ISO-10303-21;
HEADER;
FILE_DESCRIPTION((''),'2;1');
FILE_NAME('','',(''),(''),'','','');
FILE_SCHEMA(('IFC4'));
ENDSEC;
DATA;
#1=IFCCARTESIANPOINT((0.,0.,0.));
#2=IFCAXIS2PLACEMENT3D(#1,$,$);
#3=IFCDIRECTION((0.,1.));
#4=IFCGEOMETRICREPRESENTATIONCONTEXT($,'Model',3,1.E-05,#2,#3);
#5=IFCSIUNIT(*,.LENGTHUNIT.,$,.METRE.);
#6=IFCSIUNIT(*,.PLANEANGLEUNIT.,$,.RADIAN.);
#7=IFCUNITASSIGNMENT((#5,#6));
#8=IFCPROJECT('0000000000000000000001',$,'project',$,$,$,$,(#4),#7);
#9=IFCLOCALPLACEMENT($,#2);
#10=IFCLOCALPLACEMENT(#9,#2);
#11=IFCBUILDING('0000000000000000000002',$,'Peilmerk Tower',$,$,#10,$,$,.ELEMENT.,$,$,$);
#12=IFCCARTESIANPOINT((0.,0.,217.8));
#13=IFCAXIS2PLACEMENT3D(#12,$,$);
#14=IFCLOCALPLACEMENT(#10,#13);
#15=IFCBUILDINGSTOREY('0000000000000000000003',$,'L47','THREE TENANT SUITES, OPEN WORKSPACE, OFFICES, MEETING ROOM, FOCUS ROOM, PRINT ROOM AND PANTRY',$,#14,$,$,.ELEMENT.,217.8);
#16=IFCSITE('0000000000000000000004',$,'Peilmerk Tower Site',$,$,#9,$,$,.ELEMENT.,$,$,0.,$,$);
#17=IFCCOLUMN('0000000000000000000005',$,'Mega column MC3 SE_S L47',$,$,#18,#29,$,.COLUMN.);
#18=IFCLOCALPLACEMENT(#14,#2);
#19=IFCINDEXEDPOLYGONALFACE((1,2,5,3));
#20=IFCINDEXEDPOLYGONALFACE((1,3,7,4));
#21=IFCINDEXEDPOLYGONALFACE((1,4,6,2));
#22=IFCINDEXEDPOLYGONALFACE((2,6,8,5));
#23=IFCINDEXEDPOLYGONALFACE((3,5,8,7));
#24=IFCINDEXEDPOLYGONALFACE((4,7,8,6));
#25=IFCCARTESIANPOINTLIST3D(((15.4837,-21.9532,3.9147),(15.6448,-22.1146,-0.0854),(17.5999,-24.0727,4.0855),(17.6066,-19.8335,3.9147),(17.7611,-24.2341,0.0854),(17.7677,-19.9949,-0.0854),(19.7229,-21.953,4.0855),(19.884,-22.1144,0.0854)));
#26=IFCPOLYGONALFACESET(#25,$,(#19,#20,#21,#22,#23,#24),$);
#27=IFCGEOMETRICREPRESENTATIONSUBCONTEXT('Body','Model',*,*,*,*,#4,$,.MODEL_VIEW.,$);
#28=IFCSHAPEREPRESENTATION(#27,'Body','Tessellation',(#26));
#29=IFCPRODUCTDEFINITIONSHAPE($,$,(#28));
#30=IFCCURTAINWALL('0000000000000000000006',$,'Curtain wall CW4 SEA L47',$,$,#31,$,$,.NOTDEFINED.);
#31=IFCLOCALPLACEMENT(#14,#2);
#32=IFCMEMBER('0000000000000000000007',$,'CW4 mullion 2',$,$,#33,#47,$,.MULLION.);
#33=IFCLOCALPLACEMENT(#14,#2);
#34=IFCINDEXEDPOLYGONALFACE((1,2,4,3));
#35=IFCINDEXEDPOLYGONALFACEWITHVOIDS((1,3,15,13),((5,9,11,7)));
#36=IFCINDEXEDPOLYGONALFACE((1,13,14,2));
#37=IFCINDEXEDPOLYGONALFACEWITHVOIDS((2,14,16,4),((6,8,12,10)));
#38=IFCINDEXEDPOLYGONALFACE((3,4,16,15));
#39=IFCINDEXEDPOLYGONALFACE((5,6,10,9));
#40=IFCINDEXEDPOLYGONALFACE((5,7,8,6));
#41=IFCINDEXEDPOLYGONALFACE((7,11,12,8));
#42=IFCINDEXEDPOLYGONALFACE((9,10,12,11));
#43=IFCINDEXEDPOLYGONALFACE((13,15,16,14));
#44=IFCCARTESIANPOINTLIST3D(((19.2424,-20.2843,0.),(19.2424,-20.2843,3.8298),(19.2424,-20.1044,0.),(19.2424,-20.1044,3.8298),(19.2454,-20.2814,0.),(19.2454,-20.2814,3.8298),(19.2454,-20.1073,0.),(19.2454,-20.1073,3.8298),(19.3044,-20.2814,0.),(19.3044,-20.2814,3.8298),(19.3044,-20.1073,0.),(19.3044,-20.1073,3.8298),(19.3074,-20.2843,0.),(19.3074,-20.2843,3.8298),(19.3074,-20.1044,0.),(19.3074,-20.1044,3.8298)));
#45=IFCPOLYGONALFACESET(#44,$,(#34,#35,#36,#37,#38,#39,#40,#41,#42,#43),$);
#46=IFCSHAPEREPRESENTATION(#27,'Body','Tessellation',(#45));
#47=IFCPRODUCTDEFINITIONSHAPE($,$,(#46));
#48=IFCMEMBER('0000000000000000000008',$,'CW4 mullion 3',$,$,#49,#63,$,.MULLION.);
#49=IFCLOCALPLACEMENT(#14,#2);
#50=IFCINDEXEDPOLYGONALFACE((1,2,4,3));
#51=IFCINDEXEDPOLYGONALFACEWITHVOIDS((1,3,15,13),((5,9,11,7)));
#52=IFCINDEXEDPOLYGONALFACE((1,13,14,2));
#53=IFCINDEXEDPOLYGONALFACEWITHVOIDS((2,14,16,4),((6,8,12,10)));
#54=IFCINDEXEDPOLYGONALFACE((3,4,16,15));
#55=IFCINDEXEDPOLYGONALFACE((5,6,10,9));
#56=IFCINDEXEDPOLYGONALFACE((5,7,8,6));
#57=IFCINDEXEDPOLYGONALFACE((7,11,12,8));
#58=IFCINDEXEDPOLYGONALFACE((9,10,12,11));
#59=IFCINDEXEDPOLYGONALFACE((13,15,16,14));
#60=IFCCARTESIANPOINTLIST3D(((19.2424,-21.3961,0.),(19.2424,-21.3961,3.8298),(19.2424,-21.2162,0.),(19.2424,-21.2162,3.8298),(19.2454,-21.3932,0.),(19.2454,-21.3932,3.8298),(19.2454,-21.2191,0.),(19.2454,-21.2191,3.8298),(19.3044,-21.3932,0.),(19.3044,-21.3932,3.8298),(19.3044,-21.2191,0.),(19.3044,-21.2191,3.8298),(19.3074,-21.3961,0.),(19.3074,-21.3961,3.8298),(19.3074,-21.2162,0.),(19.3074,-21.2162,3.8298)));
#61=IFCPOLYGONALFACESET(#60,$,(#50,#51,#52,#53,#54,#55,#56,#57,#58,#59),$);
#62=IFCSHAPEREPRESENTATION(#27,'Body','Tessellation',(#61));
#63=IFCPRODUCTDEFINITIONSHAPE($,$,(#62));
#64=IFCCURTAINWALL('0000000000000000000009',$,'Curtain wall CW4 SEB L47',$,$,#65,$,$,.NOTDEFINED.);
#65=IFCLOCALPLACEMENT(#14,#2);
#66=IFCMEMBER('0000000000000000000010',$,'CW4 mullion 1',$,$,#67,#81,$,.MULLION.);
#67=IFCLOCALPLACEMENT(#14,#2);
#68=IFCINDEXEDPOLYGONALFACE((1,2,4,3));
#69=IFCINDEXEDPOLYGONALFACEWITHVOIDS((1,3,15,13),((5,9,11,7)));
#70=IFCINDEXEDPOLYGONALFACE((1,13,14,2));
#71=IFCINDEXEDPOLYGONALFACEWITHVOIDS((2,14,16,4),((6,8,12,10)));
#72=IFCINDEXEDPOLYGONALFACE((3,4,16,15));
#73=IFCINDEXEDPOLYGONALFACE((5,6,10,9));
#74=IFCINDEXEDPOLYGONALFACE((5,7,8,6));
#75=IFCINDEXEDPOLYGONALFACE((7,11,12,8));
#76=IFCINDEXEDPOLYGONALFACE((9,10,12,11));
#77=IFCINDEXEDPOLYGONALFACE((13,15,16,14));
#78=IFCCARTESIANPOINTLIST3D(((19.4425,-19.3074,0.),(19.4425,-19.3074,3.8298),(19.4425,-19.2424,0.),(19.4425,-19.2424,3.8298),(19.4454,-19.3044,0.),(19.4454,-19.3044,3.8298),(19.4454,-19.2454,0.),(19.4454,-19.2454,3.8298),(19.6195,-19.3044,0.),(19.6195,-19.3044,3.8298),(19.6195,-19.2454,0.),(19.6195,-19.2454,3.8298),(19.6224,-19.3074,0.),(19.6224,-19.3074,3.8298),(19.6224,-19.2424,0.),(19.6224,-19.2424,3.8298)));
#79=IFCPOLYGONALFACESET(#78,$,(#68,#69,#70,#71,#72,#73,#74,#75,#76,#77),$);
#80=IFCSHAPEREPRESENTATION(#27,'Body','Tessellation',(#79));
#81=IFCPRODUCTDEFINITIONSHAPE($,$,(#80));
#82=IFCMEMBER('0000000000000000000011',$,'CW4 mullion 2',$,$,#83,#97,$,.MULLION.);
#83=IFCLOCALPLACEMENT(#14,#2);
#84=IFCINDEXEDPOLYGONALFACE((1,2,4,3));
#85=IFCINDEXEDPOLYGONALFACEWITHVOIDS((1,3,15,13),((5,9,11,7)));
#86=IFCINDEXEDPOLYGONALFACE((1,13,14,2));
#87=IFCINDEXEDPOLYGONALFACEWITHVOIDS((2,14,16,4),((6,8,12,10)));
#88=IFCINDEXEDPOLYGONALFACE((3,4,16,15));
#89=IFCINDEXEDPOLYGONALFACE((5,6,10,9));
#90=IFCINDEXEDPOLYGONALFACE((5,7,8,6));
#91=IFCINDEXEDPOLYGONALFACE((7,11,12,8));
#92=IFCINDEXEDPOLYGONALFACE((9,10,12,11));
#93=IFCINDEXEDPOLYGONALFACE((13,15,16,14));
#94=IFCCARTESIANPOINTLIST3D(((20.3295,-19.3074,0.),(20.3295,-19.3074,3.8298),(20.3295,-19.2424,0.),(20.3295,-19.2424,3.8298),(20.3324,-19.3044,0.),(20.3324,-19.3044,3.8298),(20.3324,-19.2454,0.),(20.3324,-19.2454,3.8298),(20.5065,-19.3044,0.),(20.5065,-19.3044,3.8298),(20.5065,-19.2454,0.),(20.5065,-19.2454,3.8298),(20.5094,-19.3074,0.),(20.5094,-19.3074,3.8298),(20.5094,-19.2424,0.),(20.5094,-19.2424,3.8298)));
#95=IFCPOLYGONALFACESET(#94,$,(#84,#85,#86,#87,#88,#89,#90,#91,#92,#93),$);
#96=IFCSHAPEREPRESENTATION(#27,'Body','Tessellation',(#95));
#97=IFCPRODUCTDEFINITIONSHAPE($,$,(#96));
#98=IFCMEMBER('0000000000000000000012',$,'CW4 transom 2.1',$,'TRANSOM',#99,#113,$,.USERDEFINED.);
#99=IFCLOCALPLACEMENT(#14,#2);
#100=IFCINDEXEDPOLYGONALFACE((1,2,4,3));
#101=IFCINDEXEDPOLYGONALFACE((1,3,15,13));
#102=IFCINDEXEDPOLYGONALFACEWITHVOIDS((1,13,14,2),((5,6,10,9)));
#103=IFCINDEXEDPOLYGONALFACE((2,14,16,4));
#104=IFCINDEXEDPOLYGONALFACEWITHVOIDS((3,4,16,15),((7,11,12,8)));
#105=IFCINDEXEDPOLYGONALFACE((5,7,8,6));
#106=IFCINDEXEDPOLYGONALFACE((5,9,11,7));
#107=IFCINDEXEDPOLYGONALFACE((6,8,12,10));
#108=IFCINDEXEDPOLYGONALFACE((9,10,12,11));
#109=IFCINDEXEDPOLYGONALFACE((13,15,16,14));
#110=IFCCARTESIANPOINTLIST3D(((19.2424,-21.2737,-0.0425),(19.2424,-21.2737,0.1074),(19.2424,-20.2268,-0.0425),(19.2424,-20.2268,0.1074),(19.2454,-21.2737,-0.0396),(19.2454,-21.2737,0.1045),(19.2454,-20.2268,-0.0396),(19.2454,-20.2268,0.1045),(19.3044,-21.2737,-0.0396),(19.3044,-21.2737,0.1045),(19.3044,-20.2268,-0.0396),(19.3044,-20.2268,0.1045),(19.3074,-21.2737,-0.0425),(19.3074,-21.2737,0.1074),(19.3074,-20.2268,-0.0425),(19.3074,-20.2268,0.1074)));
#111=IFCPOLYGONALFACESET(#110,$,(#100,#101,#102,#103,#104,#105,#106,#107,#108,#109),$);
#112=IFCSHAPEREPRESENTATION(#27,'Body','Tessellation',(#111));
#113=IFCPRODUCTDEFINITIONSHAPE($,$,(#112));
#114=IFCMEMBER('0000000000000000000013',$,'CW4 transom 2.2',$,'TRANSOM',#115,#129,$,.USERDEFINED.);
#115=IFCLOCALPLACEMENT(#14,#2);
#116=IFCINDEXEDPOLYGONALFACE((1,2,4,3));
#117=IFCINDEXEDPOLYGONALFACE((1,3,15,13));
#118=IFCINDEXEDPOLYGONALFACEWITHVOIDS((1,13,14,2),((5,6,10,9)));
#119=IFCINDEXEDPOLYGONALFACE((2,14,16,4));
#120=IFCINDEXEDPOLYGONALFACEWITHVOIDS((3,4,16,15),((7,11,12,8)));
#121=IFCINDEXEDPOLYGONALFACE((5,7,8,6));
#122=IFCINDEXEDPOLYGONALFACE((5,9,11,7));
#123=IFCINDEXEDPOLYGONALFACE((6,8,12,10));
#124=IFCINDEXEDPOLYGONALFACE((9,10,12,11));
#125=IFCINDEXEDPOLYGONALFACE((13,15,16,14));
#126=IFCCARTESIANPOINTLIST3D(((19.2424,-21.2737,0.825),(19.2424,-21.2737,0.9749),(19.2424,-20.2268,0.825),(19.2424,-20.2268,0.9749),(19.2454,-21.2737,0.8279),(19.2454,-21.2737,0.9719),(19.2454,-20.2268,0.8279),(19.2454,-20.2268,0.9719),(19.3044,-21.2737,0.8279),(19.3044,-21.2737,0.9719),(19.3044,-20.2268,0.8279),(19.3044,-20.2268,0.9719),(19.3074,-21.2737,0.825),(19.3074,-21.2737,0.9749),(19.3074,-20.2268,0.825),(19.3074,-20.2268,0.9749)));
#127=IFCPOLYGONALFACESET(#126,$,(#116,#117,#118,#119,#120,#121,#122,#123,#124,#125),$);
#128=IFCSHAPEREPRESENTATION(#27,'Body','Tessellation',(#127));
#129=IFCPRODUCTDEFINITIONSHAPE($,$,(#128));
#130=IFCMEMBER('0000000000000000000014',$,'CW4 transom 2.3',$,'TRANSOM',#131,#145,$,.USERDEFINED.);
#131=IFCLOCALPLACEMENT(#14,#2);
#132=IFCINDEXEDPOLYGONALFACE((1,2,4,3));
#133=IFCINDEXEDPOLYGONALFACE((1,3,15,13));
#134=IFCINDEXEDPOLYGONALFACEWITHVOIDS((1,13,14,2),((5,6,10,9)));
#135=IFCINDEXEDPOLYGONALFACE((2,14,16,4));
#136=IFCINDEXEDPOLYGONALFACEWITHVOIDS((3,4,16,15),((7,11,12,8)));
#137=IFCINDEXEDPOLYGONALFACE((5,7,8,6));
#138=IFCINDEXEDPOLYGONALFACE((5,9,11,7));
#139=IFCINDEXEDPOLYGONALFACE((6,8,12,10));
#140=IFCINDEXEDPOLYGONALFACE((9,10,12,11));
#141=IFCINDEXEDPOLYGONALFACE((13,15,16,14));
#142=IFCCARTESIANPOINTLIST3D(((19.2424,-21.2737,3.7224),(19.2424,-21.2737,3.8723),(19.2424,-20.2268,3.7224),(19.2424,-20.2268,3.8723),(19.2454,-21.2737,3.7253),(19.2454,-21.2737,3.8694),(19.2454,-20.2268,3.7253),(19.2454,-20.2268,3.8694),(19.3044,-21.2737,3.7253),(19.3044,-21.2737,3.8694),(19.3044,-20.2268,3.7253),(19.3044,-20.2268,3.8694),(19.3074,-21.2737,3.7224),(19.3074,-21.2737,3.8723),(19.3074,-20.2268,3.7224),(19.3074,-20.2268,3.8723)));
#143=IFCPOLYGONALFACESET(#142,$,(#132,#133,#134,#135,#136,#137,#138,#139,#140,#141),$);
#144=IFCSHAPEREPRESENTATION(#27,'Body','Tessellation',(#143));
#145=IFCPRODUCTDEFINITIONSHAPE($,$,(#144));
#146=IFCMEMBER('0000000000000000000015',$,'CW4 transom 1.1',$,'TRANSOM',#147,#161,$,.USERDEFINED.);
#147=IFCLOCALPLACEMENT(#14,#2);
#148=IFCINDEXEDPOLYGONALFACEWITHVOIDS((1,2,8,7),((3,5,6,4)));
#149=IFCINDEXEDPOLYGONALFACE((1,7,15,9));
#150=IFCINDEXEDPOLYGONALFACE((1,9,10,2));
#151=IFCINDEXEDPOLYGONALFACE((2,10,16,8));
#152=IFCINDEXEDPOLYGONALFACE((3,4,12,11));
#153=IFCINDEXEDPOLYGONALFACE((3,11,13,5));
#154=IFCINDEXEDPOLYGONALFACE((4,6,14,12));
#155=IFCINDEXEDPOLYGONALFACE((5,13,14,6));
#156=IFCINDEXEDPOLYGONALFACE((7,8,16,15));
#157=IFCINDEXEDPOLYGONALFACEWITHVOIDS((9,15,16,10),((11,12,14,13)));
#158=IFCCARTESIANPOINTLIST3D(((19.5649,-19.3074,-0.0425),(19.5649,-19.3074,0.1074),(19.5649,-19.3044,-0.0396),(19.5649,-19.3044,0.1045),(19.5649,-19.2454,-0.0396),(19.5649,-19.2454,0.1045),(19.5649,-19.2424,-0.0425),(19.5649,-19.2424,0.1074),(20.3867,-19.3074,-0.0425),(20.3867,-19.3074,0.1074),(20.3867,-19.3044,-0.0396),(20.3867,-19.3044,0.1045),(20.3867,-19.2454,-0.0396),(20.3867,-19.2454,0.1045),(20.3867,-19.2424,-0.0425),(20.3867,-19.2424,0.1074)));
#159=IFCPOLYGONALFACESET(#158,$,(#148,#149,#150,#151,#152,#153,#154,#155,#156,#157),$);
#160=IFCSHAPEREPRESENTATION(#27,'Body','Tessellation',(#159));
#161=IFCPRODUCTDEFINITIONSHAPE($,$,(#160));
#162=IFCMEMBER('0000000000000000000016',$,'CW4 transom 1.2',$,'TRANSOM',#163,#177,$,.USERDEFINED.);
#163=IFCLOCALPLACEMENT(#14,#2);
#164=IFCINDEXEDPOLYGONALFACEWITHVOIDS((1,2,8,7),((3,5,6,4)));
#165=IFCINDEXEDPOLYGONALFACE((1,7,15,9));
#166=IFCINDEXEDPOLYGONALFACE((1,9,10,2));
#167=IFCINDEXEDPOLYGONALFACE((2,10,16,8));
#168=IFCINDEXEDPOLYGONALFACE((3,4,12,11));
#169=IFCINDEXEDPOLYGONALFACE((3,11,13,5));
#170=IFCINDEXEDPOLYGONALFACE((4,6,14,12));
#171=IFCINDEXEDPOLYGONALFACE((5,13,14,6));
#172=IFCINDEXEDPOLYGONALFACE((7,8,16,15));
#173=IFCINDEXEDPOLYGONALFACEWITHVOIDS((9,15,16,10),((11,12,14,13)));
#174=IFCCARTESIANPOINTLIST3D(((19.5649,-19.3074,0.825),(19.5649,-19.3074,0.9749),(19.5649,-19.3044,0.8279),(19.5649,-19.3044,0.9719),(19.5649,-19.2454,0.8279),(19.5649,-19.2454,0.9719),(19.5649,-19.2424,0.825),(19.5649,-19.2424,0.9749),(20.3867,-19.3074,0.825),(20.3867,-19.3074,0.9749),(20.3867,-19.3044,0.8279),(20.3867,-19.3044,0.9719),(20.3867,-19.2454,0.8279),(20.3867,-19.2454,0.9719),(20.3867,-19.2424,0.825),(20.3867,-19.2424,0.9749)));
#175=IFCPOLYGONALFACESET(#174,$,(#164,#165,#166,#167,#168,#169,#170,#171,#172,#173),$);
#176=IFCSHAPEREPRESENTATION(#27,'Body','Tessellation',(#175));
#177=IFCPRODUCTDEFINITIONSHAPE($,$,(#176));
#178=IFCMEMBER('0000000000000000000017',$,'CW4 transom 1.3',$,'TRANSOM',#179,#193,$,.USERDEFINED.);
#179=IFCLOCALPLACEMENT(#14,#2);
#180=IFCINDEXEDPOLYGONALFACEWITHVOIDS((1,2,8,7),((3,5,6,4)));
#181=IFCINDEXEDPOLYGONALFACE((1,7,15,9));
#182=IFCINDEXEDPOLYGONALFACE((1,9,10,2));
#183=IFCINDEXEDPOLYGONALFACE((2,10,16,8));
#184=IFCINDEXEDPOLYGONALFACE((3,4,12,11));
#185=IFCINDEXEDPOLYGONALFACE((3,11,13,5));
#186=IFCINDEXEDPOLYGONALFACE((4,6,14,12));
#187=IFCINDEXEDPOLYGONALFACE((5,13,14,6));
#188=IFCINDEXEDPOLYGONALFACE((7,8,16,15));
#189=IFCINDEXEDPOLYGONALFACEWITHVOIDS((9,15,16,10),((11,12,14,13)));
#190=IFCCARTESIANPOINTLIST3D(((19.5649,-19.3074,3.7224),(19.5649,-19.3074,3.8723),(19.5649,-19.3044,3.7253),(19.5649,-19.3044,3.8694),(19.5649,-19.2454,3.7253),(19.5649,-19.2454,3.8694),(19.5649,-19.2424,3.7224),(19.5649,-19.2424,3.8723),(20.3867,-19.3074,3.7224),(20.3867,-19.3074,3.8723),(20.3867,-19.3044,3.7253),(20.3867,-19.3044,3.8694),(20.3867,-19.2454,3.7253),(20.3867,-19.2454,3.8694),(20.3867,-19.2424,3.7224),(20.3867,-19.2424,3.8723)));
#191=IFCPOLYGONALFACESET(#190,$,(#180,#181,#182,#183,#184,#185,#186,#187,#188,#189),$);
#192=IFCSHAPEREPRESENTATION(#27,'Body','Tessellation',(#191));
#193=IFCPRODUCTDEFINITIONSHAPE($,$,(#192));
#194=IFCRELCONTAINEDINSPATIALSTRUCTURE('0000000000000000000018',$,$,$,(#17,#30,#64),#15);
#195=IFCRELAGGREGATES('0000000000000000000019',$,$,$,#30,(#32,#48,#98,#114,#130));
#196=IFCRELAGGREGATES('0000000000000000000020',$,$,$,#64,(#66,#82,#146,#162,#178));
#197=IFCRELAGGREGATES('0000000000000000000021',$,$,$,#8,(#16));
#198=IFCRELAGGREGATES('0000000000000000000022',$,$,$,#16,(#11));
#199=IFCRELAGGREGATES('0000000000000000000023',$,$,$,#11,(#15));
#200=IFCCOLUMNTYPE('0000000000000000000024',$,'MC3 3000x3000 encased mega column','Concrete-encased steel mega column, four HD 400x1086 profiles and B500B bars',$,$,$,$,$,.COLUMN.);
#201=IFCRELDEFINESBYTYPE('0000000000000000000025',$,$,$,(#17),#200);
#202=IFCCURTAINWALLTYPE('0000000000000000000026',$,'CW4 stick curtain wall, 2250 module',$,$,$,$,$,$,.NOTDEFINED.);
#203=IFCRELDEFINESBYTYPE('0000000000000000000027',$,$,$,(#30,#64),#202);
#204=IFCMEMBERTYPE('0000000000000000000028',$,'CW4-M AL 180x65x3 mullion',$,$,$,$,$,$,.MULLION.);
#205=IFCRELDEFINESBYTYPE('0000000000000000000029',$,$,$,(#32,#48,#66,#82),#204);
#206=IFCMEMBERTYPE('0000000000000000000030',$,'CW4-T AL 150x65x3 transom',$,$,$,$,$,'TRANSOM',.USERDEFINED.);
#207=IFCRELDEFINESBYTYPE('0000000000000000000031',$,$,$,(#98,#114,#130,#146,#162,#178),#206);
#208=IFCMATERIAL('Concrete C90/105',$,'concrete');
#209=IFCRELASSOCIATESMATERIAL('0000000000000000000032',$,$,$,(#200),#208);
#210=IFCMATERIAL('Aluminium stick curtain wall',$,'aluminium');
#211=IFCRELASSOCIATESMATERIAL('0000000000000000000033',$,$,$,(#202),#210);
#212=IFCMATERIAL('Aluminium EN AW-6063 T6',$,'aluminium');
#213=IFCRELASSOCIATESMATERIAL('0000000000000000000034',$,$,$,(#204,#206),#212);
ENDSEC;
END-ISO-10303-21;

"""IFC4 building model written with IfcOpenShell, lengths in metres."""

from ifc_helpers import new_model, si_unit, direction, frame, origin, origin_2d, place, context, subcontext, project, spatial, rectangle, hollow_rectangle, extrude, material, material_profile, profile_set, type_object, element, aggregate, save


model = new_model("IFC4")

# Units and contexts
model_context = context("Model", 3, precision=1e-05, world=origin(), true_north=direction((0.0, 1.0)))
body_context = subcontext(model_context, "Body", "Model", "MODEL_VIEW")
ifc_project = project(units=[si_unit("LENGTHUNIT", "METRE"), si_unit("PLANEANGLEUNIT", "RADIAN")], contexts=[model_context])

# Site, building, storey
site_placement = place(None, origin())
site = spatial("IfcSite", under=ifc_project, at=site_placement, Name="Peilmerk Tower Site", CompositionType="ELEMENT", RefElevation=0.0)
building_placement = place(site_placement, origin())
building = spatial("IfcBuilding", under=site, at=building_placement, Name="Peilmerk Tower", CompositionType="ELEMENT")
storey_placement = place(building_placement, frame((0.0, 0.0, 217.8)))
storey = spatial("IfcBuildingStorey", under=building, at=storey_placement, Name="L47", Description="THREE TENANT SUITES, OPEN WORKSPACE, OFFICES, MEETING ROOM, FOCUS ROOM, PRINT ROOM AND PANTRY", CompositionType="ELEMENT", Elevation=217.8)

# Column
ifc_material_1 = material(Name="Concrete C90/105", Category="concrete")
ifc_material_profile_1 = material_profile(ifc_material_1, rectangle(XDim=3.0, YDim=3.0, at=origin_2d()), Name="RC 3000x3000")
ifc_profile_set_1 = profile_set([ifc_material_profile_1], Name="Concrete C90/105")
column_type = type_object("IfcColumnType", Name="MC3 3000x3000 encased mega column", Description="Concrete-encased steel mega column, four HD 400x1086 profiles and B500B bars", PredefinedType="COLUMN", material=ifc_profile_set_1)
column_placement = place(storey_placement, frame((17.7644, -22.1145, 0.0), z_axis=(-0.040218, 0.040279, 0.998379), x_axis=(-0.707642, -0.706571, 0.0)))
element("IfcColumn", 1, at=column_placement, inside=storey, type_object=column_type, Name="Mega column MC3 SE_S L47", PredefinedType="COLUMN", context=body_context, shape_type="SweptSolid", body=[
    extrude(rectangle(XDim=3.0, YDim=3.0, at=origin_2d()), origin(), (0.0, 0.0, 1.0), 4.0066),
])

# Curtain walls, members
ifc_material_2 = material(Name="Aluminium stick curtain wall", Category="aluminium")
curtain_wall_type = type_object("IfcCurtainWallType", Name="CW4 stick curtain wall, 2250 module", PredefinedType="NOTDEFINED", material=ifc_material_2)
curtain_wall_1_placement = place(storey_placement, origin())
curtain_wall_1 = element("IfcCurtainWall", 2, at=curtain_wall_1_placement, inside=storey, type_object=curtain_wall_type, Name="Curtain wall CW4 SEA L47", PredefinedType="NOTDEFINED")
ifc_material_3 = material(Name="Aluminium EN AW-6063 T6", Category="aluminium")
ifc_material_profile_2 = material_profile(ifc_material_3, hollow_rectangle(XDim=0.0649, YDim=0.1799, WallThickness=0.0029, at=origin_2d()), Name="AL 180x65x3")
ifc_profile_set_2 = profile_set([ifc_material_profile_2], Name="Aluminium EN AW-6063 T6")
member_type_1 = type_object("IfcMemberType", Name="CW4-M AL 180x65x3 mullion", PredefinedType="MULLION", material=ifc_profile_set_2)
member_1_placement = place(storey_placement, frame((19.2749, -20.1943, 0.0), z_axis=(0.0, 0.0, 1.0), x_axis=(1.0, 0.0, 0.0)))
member_1 = element("IfcMember", 3, at=member_1_placement, type_object=member_type_1, Name="CW4 mullion 2", PredefinedType="MULLION", context=body_context, shape_type="SweptSolid", body=[
    extrude(hollow_rectangle(XDim=0.0649, YDim=0.1799, WallThickness=0.0029, at=origin_2d()), origin(), (0.0, 0.0, 1.0), 3.8298),
])
member_2_placement = place(storey_placement, frame((19.2749, -21.3062, 0.0), z_axis=(0.0, 0.0, 1.0), x_axis=(1.0, 0.0, 0.0)))
member_2 = element("IfcMember", 4, at=member_2_placement, type_object=member_type_1, Name="CW4 mullion 3", PredefinedType="MULLION", context=body_context, shape_type="SweptSolid", body=[
    extrude(hollow_rectangle(XDim=0.0649, YDim=0.1799, WallThickness=0.0029, at=origin_2d()), origin(), (0.0, 0.0, 1.0), 3.8298),
])
curtain_wall_2_placement = place(storey_placement, origin())
curtain_wall_2 = element("IfcCurtainWall", 5, at=curtain_wall_2_placement, inside=storey, type_object=curtain_wall_type, Name="Curtain wall CW4 SEB L47", PredefinedType="NOTDEFINED")
member_3_placement = place(storey_placement, frame((19.5325, -19.2749, 0.0), z_axis=(0.0, 0.0, 1.0), x_axis=(0.0, 1.0, 0.0)))
member_3 = element("IfcMember", 6, at=member_3_placement, type_object=member_type_1, Name="CW4 mullion 1", PredefinedType="MULLION", context=body_context, shape_type="SweptSolid", body=[
    extrude(hollow_rectangle(XDim=0.0649, YDim=0.1799, WallThickness=0.0029, at=origin_2d()), origin(), (0.0, 0.0, 1.0), 3.8298),
])
member_4_placement = place(storey_placement, frame((20.4194, -19.2749, 0.0), z_axis=(0.0, 0.0, 1.0), x_axis=(0.0, 1.0, 0.0)))
member_4 = element("IfcMember", 7, at=member_4_placement, type_object=member_type_1, Name="CW4 mullion 2", PredefinedType="MULLION", context=body_context, shape_type="SweptSolid", body=[
    extrude(hollow_rectangle(XDim=0.0649, YDim=0.1799, WallThickness=0.0029, at=origin_2d()), origin(), (0.0, 0.0, 1.0), 3.8298),
])

# Members
ifc_material_profile_3 = material_profile(ifc_material_3, hollow_rectangle(XDim=0.0649, YDim=0.1499, WallThickness=0.0029, at=origin_2d()), Name="AL 150x65x3")
ifc_profile_set_3 = profile_set([ifc_material_profile_3], Name="Aluminium EN AW-6063 T6")
member_type_2 = type_object("IfcMemberType", Name="CW4-T AL 150x65x3 transom", ElementType="TRANSOM", PredefinedType="USERDEFINED", material=ifc_profile_set_3)
member_5_placement = place(storey_placement, frame((19.2749, -20.2268, 0.0325), z_axis=(0.0, -1.0, 0.0), x_axis=(1.0, 0.0, 0.0)))
member_5 = element("IfcMember", 8, at=member_5_placement, type_object=member_type_2, Name="CW4 transom 2.1", ObjectType="TRANSOM", PredefinedType="USERDEFINED", context=body_context, shape_type="SweptSolid", body=[
    extrude(hollow_rectangle(XDim=0.0649, YDim=0.1499, WallThickness=0.0029, at=origin_2d()), origin(), (0.0, 0.0, 1.0), 1.0469),
])
member_6_placement = place(storey_placement, frame((19.2749, -20.2268, 0.8999), z_axis=(0.0, -1.0, 0.0), x_axis=(1.0, 0.0, 0.0)))
member_6 = element("IfcMember", 9, at=member_6_placement, type_object=member_type_2, Name="CW4 transom 2.2", ObjectType="TRANSOM", PredefinedType="USERDEFINED", context=body_context, shape_type="SweptSolid", body=[
    extrude(hollow_rectangle(XDim=0.0649, YDim=0.1499, WallThickness=0.0029, at=origin_2d()), origin(), (0.0, 0.0, 1.0), 1.0469),
])
member_7_placement = place(storey_placement, frame((19.2749, -20.2268, 3.7974), z_axis=(0.0, -1.0, 0.0), x_axis=(1.0, 0.0, 0.0)))
member_7 = element("IfcMember", 10, at=member_7_placement, type_object=member_type_2, Name="CW4 transom 2.3", ObjectType="TRANSOM", PredefinedType="USERDEFINED", context=body_context, shape_type="SweptSolid", body=[
    extrude(hollow_rectangle(XDim=0.0649, YDim=0.1499, WallThickness=0.0029, at=origin_2d()), origin(), (0.0, 0.0, 1.0), 1.0469),
])
member_8_placement = place(storey_placement, frame((19.5649, -19.2749, 0.0325), z_axis=(1.0, 0.0, 0.0), x_axis=(0.0, 1.0, 0.0)))
member_8 = element("IfcMember", 11, at=member_8_placement, type_object=member_type_2, Name="CW4 transom 1.1", ObjectType="TRANSOM", PredefinedType="USERDEFINED", context=body_context, shape_type="SweptSolid", body=[
    extrude(hollow_rectangle(XDim=0.0649, YDim=0.1499, WallThickness=0.0029, at=origin_2d()), origin(), (0.0, 0.0, 1.0), 0.8218),
])
member_9_placement = place(storey_placement, frame((19.5649, -19.2749, 0.8999), z_axis=(1.0, 0.0, 0.0), x_axis=(0.0, 1.0, 0.0)))
member_9 = element("IfcMember", 12, at=member_9_placement, type_object=member_type_2, Name="CW4 transom 1.2", ObjectType="TRANSOM", PredefinedType="USERDEFINED", context=body_context, shape_type="SweptSolid", body=[
    extrude(hollow_rectangle(XDim=0.0649, YDim=0.1499, WallThickness=0.0029, at=origin_2d()), origin(), (0.0, 0.0, 1.0), 0.8218),
])
member_10_placement = place(storey_placement, frame((19.5649, -19.2749, 3.7974), z_axis=(1.0, 0.0, 0.0), x_axis=(0.0, 1.0, 0.0)))
member_10 = element("IfcMember", 13, at=member_10_placement, type_object=member_type_2, Name="CW4 transom 1.3", ObjectType="TRANSOM", PredefinedType="USERDEFINED", context=body_context, shape_type="SweptSolid", body=[
    extrude(hollow_rectangle(XDim=0.0649, YDim=0.1499, WallThickness=0.0029, at=origin_2d()), origin(), (0.0, 0.0, 1.0), 0.8218),
])

aggregate(curtain_wall_1, [member_1, member_2, member_5, member_6, member_7])
aggregate(curtain_wall_2, [member_3, member_4, member_8, member_9, member_10])

save(model, "model.ifc")
